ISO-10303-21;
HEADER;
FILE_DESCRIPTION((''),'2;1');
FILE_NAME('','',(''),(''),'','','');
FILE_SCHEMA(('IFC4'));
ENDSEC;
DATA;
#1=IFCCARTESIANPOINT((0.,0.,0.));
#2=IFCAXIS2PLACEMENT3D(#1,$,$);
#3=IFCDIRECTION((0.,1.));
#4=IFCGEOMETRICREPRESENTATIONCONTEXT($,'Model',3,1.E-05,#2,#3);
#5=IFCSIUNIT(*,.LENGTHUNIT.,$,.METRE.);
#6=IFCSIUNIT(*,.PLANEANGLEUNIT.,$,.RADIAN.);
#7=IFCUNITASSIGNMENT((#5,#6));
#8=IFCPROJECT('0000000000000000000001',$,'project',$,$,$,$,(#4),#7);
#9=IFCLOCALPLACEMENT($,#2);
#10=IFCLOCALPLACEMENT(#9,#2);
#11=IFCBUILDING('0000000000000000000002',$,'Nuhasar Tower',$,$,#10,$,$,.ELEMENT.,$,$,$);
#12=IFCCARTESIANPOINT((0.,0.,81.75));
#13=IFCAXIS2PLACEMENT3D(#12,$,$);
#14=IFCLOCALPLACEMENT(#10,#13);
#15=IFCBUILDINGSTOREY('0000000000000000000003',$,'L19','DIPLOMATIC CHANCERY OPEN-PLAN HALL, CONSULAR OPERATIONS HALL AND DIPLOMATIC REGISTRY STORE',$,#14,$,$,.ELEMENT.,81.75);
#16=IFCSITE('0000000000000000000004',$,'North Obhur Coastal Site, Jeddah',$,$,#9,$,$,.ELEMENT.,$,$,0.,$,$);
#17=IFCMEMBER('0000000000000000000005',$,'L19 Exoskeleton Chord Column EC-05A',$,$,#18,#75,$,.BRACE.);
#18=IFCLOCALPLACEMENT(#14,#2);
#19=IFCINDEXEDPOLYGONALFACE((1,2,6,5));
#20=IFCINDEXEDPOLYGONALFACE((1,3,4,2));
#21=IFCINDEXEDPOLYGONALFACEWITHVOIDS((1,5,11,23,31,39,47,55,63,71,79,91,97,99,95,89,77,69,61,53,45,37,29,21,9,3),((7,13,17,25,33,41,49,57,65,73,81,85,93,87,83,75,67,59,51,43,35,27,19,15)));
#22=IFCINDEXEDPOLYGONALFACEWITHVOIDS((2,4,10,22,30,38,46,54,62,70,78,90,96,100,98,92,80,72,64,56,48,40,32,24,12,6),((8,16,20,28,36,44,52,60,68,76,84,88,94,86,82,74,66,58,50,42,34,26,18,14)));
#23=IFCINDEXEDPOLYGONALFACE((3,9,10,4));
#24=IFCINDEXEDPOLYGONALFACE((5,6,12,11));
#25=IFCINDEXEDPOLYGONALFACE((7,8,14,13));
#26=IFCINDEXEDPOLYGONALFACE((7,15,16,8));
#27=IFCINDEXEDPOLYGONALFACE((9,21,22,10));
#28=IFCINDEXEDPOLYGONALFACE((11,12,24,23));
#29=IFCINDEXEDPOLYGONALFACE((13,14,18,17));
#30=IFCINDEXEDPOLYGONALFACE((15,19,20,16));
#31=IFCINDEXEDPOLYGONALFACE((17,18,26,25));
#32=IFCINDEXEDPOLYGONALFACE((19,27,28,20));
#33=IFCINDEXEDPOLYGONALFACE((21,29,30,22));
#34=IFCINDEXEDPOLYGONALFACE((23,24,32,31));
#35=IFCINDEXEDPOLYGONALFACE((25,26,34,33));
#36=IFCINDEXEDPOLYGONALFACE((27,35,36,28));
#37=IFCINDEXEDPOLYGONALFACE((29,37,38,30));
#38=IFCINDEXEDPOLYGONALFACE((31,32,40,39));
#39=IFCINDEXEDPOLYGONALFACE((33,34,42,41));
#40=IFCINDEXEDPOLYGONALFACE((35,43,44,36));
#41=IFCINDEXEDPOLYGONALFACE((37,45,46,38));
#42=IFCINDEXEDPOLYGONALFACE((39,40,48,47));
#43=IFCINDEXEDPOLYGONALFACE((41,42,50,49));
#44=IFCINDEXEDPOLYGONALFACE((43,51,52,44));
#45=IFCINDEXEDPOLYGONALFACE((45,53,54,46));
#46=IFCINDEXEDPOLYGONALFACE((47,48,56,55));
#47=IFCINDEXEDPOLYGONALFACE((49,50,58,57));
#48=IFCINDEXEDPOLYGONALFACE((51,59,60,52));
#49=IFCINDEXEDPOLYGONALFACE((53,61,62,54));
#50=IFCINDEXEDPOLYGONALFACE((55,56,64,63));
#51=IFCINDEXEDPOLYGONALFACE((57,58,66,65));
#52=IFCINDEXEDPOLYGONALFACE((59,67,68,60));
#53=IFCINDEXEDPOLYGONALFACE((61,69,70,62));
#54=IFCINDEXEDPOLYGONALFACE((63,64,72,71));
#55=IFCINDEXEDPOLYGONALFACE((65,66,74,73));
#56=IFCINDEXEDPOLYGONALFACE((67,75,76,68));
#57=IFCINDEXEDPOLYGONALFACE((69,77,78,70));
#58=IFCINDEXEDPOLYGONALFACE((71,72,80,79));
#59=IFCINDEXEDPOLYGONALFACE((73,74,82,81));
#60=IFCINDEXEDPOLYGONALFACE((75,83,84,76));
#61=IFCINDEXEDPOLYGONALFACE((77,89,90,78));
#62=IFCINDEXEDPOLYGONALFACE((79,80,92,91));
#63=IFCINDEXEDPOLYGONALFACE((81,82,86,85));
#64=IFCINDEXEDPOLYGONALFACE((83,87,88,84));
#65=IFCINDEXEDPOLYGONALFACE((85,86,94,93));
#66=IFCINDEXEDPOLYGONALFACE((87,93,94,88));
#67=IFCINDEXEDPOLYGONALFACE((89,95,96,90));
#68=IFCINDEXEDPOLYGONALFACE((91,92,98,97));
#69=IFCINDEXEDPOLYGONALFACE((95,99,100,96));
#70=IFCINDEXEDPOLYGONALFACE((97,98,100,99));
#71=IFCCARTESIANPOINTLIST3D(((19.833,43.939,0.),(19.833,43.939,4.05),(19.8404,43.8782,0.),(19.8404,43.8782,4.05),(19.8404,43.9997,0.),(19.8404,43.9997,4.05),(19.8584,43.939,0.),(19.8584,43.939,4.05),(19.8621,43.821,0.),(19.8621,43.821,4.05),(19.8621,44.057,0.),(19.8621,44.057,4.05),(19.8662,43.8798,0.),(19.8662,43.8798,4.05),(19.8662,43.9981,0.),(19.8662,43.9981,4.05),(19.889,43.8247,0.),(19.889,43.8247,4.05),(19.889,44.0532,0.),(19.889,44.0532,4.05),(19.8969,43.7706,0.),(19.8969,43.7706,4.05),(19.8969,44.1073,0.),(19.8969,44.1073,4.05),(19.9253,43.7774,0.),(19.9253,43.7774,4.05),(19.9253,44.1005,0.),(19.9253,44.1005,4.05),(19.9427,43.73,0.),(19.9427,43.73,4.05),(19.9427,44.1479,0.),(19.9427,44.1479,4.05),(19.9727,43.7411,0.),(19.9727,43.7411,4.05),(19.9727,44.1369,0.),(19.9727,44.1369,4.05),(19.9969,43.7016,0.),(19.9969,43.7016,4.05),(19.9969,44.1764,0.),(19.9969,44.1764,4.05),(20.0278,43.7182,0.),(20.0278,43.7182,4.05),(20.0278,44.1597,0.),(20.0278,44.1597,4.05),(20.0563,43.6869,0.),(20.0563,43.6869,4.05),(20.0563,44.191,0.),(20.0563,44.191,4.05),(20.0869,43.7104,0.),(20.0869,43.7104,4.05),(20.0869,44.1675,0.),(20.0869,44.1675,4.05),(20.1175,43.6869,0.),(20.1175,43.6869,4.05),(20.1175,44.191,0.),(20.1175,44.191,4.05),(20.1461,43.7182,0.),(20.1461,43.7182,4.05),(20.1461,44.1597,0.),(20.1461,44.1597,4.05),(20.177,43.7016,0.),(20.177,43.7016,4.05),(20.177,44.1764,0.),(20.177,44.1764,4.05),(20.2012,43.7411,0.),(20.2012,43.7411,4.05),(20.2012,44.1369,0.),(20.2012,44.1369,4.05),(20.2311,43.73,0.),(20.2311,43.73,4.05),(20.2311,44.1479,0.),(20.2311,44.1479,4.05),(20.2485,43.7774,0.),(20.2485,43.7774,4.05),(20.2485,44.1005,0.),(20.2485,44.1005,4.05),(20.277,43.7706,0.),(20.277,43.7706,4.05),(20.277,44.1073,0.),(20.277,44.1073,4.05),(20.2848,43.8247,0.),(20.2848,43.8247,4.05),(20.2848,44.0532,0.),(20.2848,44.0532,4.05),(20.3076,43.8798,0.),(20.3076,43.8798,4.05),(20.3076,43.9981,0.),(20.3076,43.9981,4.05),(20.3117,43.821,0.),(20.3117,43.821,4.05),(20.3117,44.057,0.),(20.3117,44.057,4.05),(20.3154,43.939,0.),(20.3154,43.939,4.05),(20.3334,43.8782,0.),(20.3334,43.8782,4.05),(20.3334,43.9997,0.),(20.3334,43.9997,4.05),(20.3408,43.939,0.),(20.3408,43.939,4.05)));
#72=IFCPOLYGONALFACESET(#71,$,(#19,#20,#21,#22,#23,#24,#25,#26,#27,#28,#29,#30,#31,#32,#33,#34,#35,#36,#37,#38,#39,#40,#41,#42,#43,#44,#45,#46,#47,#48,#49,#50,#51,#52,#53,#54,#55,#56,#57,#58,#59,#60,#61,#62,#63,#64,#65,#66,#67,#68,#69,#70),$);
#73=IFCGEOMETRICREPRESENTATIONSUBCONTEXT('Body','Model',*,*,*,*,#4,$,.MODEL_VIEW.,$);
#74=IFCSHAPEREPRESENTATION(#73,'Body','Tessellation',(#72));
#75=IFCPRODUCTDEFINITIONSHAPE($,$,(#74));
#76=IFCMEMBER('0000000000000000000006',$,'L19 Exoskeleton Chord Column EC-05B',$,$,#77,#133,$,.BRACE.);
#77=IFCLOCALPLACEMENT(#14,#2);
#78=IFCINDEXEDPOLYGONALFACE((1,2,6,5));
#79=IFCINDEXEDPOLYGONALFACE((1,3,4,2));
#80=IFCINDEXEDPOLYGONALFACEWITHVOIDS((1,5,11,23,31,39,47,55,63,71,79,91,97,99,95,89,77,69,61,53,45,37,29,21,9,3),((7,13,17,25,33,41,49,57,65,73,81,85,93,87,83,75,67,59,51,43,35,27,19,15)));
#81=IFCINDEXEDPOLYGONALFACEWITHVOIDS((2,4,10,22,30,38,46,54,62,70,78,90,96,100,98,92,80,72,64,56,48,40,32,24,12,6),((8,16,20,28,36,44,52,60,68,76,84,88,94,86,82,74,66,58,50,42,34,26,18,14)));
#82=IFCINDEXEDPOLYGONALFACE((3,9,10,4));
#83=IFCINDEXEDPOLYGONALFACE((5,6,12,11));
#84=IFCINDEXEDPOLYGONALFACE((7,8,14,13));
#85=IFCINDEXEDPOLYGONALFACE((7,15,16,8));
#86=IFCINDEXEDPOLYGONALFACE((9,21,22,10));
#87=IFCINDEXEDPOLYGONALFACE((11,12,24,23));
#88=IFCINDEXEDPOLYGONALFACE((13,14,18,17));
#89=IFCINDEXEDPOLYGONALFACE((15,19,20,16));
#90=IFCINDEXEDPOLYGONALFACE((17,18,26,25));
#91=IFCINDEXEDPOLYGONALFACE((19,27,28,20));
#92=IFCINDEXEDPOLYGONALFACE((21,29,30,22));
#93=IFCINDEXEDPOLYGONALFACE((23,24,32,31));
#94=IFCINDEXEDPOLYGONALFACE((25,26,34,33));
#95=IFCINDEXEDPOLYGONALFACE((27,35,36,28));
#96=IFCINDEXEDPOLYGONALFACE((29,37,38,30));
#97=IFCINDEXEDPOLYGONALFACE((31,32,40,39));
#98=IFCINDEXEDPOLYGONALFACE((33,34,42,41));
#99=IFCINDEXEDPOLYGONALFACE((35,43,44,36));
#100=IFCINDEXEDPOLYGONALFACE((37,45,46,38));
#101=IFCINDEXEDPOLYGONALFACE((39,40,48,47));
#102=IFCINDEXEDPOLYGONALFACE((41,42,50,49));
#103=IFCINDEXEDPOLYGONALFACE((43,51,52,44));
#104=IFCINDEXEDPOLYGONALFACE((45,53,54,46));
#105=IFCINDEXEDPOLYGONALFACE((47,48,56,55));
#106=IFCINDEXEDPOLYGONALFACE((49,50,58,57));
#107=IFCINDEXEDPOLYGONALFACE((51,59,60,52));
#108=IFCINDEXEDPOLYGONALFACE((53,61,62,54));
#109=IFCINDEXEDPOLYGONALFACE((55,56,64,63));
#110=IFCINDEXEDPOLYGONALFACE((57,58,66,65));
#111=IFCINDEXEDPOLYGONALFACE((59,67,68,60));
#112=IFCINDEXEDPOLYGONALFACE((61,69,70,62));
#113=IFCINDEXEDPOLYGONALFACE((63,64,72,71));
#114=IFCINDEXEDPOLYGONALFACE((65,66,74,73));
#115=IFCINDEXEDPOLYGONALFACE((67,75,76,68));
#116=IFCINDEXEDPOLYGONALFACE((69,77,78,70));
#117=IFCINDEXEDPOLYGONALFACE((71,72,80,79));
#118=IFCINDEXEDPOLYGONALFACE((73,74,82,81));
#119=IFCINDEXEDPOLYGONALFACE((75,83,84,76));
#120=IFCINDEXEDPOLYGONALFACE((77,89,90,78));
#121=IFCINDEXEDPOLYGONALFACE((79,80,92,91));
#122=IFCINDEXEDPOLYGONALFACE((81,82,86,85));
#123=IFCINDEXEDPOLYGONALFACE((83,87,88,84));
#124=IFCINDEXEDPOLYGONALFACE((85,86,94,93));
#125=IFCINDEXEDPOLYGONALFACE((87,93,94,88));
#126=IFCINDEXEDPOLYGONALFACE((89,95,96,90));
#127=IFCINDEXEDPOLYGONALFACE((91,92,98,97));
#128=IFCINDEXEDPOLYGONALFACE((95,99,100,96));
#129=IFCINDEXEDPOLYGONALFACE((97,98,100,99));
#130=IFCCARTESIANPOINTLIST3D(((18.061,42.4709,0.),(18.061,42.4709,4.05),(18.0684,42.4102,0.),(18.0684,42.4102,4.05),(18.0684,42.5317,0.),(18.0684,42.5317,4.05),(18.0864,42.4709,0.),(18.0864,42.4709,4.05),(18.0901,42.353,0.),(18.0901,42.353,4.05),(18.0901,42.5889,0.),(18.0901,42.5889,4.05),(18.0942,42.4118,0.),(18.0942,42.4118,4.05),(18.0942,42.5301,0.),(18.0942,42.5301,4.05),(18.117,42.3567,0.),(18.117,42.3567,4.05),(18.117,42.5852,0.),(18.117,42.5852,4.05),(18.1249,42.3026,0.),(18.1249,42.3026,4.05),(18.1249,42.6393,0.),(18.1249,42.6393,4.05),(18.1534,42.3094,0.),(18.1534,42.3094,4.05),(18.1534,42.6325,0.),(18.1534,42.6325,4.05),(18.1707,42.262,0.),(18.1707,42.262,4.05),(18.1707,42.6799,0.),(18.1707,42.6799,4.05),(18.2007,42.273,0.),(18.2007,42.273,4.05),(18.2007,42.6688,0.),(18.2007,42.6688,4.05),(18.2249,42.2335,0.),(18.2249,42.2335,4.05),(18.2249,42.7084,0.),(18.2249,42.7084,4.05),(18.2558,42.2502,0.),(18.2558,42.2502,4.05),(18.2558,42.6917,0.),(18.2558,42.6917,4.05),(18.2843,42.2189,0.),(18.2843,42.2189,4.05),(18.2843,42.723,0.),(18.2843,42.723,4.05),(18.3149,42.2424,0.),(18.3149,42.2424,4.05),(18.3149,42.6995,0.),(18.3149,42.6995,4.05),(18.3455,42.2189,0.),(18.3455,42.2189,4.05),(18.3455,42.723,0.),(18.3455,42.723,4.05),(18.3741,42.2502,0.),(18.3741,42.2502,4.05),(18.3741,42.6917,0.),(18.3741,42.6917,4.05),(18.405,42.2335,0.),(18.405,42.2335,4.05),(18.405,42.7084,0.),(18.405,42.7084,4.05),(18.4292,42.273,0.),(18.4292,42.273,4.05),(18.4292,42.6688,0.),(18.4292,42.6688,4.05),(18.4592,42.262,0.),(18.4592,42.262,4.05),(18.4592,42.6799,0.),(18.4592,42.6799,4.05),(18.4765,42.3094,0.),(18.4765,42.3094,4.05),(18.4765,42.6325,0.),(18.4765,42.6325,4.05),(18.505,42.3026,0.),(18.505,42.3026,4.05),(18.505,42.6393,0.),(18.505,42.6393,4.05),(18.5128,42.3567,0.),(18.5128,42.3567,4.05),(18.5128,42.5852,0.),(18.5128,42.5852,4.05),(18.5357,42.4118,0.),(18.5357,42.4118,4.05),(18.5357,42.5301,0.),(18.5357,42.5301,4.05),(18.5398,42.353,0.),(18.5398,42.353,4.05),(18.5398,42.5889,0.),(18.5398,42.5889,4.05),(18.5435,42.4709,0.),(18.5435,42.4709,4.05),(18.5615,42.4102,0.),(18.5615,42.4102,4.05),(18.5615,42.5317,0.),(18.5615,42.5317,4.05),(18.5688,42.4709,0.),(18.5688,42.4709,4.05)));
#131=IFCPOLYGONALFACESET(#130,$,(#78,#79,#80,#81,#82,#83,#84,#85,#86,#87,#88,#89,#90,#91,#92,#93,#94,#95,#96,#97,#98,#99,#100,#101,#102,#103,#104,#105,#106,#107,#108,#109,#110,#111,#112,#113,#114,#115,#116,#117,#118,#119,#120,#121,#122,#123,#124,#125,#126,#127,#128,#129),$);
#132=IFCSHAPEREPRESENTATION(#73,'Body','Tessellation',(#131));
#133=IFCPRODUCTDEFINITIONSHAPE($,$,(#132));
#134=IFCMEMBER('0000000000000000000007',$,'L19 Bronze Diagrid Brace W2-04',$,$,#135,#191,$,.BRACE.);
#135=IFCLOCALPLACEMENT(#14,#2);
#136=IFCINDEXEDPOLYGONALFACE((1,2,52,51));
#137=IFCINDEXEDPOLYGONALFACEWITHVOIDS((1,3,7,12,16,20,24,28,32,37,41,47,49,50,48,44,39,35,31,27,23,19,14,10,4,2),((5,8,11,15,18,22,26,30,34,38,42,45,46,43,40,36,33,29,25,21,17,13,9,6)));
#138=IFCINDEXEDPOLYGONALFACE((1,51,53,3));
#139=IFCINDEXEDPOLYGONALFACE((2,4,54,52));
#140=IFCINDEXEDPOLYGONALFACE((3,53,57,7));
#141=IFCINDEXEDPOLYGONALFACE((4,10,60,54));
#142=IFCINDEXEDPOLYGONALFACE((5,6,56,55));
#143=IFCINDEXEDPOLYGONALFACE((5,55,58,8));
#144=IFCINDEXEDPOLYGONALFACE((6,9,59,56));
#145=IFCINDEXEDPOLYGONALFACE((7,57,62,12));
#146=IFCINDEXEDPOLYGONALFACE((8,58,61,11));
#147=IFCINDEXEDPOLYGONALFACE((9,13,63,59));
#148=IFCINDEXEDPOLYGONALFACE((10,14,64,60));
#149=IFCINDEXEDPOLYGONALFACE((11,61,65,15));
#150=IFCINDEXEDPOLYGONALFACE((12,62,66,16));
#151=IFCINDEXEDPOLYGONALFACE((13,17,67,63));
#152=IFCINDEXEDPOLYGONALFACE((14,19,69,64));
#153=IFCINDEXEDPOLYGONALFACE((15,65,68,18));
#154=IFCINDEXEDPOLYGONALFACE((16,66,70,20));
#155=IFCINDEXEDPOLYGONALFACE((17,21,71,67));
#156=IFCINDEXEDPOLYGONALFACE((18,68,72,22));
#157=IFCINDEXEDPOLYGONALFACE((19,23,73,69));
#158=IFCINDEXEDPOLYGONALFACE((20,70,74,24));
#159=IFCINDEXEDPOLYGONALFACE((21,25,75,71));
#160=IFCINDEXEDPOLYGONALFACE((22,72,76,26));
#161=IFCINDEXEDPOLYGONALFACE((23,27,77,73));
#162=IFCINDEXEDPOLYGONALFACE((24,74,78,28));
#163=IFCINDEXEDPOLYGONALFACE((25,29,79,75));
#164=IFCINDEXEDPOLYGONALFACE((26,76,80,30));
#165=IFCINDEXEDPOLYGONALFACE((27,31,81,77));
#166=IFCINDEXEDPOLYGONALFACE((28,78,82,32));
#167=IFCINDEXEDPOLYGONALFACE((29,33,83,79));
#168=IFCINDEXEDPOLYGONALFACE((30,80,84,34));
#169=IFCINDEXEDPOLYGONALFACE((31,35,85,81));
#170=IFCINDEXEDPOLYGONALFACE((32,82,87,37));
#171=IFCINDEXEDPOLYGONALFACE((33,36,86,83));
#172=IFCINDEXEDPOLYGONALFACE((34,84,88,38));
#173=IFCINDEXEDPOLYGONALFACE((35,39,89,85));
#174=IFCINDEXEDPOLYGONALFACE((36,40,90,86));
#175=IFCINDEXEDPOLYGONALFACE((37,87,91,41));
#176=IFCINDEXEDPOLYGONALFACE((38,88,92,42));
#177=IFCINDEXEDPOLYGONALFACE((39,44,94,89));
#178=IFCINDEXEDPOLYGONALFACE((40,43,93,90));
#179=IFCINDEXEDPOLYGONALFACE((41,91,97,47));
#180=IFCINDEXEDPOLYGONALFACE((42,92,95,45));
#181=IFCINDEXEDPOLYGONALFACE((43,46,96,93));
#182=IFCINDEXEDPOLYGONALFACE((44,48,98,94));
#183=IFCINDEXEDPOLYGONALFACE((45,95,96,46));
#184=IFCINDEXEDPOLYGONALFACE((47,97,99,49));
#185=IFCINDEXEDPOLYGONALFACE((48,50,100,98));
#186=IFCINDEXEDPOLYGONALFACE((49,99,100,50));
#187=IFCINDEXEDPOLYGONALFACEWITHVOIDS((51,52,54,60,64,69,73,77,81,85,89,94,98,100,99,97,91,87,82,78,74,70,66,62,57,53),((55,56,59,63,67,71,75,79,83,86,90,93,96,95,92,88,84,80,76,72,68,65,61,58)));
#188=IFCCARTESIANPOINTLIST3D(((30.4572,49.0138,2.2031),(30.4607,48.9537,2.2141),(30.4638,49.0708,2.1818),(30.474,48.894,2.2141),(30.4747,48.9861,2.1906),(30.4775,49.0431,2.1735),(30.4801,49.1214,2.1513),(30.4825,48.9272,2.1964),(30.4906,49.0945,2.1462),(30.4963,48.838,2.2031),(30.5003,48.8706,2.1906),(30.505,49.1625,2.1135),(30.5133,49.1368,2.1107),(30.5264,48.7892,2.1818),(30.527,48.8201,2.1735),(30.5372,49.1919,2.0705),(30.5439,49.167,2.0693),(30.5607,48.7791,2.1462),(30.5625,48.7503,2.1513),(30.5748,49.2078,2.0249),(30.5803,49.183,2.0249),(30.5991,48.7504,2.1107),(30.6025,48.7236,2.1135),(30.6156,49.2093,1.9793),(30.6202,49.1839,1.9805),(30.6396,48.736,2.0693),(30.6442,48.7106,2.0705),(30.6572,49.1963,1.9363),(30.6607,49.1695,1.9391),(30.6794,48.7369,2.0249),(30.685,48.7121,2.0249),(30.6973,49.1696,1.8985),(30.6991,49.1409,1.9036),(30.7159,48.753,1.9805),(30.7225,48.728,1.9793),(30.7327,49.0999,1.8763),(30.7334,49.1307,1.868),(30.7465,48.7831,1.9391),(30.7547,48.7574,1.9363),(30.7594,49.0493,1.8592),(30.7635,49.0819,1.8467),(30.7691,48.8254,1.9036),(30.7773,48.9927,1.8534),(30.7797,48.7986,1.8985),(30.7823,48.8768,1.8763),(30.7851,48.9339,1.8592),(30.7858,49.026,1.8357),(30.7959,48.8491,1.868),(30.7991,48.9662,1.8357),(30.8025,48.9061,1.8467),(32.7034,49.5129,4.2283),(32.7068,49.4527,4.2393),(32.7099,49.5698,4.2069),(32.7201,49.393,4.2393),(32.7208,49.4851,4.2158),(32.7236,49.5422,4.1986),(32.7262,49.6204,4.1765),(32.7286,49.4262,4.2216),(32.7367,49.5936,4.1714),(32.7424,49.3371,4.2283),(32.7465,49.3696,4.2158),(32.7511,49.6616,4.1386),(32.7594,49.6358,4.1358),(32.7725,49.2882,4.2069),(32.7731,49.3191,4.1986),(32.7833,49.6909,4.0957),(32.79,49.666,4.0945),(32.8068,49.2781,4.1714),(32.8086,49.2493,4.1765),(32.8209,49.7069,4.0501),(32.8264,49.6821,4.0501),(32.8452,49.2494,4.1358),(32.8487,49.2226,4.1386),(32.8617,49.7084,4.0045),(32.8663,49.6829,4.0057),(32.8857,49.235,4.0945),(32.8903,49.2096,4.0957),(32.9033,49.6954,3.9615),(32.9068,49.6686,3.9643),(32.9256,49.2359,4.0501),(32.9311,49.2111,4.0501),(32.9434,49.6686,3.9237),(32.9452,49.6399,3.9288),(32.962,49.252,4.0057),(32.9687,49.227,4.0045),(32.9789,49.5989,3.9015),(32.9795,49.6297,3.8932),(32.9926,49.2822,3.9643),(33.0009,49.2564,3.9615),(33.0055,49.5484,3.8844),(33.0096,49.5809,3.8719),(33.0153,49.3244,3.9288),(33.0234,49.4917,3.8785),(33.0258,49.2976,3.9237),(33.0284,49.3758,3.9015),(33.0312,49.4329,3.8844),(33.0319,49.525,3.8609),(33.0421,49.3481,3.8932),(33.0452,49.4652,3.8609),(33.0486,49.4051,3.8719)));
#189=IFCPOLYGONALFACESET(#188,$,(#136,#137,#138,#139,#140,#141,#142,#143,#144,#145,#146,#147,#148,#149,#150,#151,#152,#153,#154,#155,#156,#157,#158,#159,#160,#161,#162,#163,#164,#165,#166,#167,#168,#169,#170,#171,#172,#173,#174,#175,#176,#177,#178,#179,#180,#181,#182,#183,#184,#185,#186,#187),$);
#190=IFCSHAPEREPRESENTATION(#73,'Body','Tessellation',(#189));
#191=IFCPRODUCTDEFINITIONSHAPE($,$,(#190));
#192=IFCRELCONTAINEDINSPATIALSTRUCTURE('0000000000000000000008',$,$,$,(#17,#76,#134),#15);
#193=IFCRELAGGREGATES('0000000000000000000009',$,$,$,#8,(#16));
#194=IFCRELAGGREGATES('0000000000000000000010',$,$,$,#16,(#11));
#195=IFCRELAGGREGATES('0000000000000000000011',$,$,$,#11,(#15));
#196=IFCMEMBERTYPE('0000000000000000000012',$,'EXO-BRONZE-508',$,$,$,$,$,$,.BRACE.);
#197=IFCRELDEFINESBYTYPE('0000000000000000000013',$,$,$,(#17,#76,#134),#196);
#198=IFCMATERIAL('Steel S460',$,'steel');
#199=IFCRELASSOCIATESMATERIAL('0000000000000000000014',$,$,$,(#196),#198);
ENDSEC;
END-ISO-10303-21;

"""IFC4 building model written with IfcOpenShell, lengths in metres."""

from ifc_helpers import new_model, si_unit, direction, frame, origin, origin_2d, place, context, subcontext, project, spatial, hollow_circle, extrude, material, material_profile, profile_set, type_object, element, save


model = new_model("IFC4")

# Units and contexts
model_context = context("Model", 3, precision=1e-05, world=origin(), true_north=direction((0.0, 1.0)))
body_context = subcontext(model_context, "Body", "Model", "MODEL_VIEW")
ifc_project = project(units=[si_unit("LENGTHUNIT", "METRE"), si_unit("PLANEANGLEUNIT", "RADIAN")], contexts=[model_context])

# Site, building, storey
site_placement = place(None, origin())
site = spatial("IfcSite", under=ifc_project, at=site_placement, Name="North Obhur Coastal Site, Jeddah", CompositionType="ELEMENT", RefElevation=0.0)
building_placement = place(site_placement, origin())
building = spatial("IfcBuilding", under=site, at=building_placement, Name="Nuhasar Tower", CompositionType="ELEMENT")
storey_placement = place(building_placement, frame((0.0, 0.0, 81.75)))
storey = spatial("IfcBuildingStorey", under=building, at=storey_placement, Name="L19", Description="DIPLOMATIC CHANCERY OPEN-PLAN HALL, CONSULAR OPERATIONS HALL AND DIPLOMATIC REGISTRY STORE", CompositionType="ELEMENT", Elevation=81.75)

# Members
ifc_material_1 = material(Name="Steel S460", Category="steel")
ifc_material_profile_1 = material_profile(ifc_material_1, hollow_circle(Radius=0.2539, WallThickness=0.0254, at=origin_2d()), Name="HSS508X25.4")
ifc_profile_set_1 = profile_set([ifc_material_profile_1], Name="Steel S460")
member_type_1 = type_object("IfcMemberType", Name="EXO-BRONZE-508", PredefinedType="BRACE", material=ifc_profile_set_1)
for number, where, z_axis, x_axis, name in (
    (1, (20.0869, 43.939, 0.0), (0.0, 0.0, 1.0), (1.0, 0.0, 0.0), "L19 Exoskeleton Chord Column EC-05A"),
    (2, (18.3149, 42.4709, 0.0), (0.0, 0.0, 1.0), (1.0, 0.0, 0.0), "L19 Exoskeleton Chord Column EC-05B"),
):
    element("IfcMember", number, at=place(storey_placement, frame(where, z_axis=z_axis, x_axis=x_axis)), inside=storey, type_object=member_type_1, Name=name, PredefinedType="BRACE", context=body_context, shape_type="SweptSolid", body=[
        extrude(hollow_circle(Radius=0.2539, WallThickness=0.0254, at=origin_2d()), origin(), (0.0, 0.0, 1.0), 4.05),
    ])
for number, where, z_axis, x_axis, name in (
    (3, (30.6299, 48.96, 2.0249), (0.732783, 0.162805, 0.660699), (-0.216886, 0.976197, 0.0), "L19 Bronze Diagrid Brace W2-04"),
):
    element("IfcMember", number, at=place(storey_placement, frame(where, z_axis=z_axis, x_axis=x_axis)), inside=storey, type_object=member_type_1, Name=name, PredefinedType="BRACE", context=body_context, shape_type="SweptSolid", body=[
        extrude(hollow_circle(Radius=0.2539, WallThickness=0.0254, at=origin_2d()), origin(), (0.0, 0.0, 1.0), 3.0652),
    ])

save(model, "model.ifc")
